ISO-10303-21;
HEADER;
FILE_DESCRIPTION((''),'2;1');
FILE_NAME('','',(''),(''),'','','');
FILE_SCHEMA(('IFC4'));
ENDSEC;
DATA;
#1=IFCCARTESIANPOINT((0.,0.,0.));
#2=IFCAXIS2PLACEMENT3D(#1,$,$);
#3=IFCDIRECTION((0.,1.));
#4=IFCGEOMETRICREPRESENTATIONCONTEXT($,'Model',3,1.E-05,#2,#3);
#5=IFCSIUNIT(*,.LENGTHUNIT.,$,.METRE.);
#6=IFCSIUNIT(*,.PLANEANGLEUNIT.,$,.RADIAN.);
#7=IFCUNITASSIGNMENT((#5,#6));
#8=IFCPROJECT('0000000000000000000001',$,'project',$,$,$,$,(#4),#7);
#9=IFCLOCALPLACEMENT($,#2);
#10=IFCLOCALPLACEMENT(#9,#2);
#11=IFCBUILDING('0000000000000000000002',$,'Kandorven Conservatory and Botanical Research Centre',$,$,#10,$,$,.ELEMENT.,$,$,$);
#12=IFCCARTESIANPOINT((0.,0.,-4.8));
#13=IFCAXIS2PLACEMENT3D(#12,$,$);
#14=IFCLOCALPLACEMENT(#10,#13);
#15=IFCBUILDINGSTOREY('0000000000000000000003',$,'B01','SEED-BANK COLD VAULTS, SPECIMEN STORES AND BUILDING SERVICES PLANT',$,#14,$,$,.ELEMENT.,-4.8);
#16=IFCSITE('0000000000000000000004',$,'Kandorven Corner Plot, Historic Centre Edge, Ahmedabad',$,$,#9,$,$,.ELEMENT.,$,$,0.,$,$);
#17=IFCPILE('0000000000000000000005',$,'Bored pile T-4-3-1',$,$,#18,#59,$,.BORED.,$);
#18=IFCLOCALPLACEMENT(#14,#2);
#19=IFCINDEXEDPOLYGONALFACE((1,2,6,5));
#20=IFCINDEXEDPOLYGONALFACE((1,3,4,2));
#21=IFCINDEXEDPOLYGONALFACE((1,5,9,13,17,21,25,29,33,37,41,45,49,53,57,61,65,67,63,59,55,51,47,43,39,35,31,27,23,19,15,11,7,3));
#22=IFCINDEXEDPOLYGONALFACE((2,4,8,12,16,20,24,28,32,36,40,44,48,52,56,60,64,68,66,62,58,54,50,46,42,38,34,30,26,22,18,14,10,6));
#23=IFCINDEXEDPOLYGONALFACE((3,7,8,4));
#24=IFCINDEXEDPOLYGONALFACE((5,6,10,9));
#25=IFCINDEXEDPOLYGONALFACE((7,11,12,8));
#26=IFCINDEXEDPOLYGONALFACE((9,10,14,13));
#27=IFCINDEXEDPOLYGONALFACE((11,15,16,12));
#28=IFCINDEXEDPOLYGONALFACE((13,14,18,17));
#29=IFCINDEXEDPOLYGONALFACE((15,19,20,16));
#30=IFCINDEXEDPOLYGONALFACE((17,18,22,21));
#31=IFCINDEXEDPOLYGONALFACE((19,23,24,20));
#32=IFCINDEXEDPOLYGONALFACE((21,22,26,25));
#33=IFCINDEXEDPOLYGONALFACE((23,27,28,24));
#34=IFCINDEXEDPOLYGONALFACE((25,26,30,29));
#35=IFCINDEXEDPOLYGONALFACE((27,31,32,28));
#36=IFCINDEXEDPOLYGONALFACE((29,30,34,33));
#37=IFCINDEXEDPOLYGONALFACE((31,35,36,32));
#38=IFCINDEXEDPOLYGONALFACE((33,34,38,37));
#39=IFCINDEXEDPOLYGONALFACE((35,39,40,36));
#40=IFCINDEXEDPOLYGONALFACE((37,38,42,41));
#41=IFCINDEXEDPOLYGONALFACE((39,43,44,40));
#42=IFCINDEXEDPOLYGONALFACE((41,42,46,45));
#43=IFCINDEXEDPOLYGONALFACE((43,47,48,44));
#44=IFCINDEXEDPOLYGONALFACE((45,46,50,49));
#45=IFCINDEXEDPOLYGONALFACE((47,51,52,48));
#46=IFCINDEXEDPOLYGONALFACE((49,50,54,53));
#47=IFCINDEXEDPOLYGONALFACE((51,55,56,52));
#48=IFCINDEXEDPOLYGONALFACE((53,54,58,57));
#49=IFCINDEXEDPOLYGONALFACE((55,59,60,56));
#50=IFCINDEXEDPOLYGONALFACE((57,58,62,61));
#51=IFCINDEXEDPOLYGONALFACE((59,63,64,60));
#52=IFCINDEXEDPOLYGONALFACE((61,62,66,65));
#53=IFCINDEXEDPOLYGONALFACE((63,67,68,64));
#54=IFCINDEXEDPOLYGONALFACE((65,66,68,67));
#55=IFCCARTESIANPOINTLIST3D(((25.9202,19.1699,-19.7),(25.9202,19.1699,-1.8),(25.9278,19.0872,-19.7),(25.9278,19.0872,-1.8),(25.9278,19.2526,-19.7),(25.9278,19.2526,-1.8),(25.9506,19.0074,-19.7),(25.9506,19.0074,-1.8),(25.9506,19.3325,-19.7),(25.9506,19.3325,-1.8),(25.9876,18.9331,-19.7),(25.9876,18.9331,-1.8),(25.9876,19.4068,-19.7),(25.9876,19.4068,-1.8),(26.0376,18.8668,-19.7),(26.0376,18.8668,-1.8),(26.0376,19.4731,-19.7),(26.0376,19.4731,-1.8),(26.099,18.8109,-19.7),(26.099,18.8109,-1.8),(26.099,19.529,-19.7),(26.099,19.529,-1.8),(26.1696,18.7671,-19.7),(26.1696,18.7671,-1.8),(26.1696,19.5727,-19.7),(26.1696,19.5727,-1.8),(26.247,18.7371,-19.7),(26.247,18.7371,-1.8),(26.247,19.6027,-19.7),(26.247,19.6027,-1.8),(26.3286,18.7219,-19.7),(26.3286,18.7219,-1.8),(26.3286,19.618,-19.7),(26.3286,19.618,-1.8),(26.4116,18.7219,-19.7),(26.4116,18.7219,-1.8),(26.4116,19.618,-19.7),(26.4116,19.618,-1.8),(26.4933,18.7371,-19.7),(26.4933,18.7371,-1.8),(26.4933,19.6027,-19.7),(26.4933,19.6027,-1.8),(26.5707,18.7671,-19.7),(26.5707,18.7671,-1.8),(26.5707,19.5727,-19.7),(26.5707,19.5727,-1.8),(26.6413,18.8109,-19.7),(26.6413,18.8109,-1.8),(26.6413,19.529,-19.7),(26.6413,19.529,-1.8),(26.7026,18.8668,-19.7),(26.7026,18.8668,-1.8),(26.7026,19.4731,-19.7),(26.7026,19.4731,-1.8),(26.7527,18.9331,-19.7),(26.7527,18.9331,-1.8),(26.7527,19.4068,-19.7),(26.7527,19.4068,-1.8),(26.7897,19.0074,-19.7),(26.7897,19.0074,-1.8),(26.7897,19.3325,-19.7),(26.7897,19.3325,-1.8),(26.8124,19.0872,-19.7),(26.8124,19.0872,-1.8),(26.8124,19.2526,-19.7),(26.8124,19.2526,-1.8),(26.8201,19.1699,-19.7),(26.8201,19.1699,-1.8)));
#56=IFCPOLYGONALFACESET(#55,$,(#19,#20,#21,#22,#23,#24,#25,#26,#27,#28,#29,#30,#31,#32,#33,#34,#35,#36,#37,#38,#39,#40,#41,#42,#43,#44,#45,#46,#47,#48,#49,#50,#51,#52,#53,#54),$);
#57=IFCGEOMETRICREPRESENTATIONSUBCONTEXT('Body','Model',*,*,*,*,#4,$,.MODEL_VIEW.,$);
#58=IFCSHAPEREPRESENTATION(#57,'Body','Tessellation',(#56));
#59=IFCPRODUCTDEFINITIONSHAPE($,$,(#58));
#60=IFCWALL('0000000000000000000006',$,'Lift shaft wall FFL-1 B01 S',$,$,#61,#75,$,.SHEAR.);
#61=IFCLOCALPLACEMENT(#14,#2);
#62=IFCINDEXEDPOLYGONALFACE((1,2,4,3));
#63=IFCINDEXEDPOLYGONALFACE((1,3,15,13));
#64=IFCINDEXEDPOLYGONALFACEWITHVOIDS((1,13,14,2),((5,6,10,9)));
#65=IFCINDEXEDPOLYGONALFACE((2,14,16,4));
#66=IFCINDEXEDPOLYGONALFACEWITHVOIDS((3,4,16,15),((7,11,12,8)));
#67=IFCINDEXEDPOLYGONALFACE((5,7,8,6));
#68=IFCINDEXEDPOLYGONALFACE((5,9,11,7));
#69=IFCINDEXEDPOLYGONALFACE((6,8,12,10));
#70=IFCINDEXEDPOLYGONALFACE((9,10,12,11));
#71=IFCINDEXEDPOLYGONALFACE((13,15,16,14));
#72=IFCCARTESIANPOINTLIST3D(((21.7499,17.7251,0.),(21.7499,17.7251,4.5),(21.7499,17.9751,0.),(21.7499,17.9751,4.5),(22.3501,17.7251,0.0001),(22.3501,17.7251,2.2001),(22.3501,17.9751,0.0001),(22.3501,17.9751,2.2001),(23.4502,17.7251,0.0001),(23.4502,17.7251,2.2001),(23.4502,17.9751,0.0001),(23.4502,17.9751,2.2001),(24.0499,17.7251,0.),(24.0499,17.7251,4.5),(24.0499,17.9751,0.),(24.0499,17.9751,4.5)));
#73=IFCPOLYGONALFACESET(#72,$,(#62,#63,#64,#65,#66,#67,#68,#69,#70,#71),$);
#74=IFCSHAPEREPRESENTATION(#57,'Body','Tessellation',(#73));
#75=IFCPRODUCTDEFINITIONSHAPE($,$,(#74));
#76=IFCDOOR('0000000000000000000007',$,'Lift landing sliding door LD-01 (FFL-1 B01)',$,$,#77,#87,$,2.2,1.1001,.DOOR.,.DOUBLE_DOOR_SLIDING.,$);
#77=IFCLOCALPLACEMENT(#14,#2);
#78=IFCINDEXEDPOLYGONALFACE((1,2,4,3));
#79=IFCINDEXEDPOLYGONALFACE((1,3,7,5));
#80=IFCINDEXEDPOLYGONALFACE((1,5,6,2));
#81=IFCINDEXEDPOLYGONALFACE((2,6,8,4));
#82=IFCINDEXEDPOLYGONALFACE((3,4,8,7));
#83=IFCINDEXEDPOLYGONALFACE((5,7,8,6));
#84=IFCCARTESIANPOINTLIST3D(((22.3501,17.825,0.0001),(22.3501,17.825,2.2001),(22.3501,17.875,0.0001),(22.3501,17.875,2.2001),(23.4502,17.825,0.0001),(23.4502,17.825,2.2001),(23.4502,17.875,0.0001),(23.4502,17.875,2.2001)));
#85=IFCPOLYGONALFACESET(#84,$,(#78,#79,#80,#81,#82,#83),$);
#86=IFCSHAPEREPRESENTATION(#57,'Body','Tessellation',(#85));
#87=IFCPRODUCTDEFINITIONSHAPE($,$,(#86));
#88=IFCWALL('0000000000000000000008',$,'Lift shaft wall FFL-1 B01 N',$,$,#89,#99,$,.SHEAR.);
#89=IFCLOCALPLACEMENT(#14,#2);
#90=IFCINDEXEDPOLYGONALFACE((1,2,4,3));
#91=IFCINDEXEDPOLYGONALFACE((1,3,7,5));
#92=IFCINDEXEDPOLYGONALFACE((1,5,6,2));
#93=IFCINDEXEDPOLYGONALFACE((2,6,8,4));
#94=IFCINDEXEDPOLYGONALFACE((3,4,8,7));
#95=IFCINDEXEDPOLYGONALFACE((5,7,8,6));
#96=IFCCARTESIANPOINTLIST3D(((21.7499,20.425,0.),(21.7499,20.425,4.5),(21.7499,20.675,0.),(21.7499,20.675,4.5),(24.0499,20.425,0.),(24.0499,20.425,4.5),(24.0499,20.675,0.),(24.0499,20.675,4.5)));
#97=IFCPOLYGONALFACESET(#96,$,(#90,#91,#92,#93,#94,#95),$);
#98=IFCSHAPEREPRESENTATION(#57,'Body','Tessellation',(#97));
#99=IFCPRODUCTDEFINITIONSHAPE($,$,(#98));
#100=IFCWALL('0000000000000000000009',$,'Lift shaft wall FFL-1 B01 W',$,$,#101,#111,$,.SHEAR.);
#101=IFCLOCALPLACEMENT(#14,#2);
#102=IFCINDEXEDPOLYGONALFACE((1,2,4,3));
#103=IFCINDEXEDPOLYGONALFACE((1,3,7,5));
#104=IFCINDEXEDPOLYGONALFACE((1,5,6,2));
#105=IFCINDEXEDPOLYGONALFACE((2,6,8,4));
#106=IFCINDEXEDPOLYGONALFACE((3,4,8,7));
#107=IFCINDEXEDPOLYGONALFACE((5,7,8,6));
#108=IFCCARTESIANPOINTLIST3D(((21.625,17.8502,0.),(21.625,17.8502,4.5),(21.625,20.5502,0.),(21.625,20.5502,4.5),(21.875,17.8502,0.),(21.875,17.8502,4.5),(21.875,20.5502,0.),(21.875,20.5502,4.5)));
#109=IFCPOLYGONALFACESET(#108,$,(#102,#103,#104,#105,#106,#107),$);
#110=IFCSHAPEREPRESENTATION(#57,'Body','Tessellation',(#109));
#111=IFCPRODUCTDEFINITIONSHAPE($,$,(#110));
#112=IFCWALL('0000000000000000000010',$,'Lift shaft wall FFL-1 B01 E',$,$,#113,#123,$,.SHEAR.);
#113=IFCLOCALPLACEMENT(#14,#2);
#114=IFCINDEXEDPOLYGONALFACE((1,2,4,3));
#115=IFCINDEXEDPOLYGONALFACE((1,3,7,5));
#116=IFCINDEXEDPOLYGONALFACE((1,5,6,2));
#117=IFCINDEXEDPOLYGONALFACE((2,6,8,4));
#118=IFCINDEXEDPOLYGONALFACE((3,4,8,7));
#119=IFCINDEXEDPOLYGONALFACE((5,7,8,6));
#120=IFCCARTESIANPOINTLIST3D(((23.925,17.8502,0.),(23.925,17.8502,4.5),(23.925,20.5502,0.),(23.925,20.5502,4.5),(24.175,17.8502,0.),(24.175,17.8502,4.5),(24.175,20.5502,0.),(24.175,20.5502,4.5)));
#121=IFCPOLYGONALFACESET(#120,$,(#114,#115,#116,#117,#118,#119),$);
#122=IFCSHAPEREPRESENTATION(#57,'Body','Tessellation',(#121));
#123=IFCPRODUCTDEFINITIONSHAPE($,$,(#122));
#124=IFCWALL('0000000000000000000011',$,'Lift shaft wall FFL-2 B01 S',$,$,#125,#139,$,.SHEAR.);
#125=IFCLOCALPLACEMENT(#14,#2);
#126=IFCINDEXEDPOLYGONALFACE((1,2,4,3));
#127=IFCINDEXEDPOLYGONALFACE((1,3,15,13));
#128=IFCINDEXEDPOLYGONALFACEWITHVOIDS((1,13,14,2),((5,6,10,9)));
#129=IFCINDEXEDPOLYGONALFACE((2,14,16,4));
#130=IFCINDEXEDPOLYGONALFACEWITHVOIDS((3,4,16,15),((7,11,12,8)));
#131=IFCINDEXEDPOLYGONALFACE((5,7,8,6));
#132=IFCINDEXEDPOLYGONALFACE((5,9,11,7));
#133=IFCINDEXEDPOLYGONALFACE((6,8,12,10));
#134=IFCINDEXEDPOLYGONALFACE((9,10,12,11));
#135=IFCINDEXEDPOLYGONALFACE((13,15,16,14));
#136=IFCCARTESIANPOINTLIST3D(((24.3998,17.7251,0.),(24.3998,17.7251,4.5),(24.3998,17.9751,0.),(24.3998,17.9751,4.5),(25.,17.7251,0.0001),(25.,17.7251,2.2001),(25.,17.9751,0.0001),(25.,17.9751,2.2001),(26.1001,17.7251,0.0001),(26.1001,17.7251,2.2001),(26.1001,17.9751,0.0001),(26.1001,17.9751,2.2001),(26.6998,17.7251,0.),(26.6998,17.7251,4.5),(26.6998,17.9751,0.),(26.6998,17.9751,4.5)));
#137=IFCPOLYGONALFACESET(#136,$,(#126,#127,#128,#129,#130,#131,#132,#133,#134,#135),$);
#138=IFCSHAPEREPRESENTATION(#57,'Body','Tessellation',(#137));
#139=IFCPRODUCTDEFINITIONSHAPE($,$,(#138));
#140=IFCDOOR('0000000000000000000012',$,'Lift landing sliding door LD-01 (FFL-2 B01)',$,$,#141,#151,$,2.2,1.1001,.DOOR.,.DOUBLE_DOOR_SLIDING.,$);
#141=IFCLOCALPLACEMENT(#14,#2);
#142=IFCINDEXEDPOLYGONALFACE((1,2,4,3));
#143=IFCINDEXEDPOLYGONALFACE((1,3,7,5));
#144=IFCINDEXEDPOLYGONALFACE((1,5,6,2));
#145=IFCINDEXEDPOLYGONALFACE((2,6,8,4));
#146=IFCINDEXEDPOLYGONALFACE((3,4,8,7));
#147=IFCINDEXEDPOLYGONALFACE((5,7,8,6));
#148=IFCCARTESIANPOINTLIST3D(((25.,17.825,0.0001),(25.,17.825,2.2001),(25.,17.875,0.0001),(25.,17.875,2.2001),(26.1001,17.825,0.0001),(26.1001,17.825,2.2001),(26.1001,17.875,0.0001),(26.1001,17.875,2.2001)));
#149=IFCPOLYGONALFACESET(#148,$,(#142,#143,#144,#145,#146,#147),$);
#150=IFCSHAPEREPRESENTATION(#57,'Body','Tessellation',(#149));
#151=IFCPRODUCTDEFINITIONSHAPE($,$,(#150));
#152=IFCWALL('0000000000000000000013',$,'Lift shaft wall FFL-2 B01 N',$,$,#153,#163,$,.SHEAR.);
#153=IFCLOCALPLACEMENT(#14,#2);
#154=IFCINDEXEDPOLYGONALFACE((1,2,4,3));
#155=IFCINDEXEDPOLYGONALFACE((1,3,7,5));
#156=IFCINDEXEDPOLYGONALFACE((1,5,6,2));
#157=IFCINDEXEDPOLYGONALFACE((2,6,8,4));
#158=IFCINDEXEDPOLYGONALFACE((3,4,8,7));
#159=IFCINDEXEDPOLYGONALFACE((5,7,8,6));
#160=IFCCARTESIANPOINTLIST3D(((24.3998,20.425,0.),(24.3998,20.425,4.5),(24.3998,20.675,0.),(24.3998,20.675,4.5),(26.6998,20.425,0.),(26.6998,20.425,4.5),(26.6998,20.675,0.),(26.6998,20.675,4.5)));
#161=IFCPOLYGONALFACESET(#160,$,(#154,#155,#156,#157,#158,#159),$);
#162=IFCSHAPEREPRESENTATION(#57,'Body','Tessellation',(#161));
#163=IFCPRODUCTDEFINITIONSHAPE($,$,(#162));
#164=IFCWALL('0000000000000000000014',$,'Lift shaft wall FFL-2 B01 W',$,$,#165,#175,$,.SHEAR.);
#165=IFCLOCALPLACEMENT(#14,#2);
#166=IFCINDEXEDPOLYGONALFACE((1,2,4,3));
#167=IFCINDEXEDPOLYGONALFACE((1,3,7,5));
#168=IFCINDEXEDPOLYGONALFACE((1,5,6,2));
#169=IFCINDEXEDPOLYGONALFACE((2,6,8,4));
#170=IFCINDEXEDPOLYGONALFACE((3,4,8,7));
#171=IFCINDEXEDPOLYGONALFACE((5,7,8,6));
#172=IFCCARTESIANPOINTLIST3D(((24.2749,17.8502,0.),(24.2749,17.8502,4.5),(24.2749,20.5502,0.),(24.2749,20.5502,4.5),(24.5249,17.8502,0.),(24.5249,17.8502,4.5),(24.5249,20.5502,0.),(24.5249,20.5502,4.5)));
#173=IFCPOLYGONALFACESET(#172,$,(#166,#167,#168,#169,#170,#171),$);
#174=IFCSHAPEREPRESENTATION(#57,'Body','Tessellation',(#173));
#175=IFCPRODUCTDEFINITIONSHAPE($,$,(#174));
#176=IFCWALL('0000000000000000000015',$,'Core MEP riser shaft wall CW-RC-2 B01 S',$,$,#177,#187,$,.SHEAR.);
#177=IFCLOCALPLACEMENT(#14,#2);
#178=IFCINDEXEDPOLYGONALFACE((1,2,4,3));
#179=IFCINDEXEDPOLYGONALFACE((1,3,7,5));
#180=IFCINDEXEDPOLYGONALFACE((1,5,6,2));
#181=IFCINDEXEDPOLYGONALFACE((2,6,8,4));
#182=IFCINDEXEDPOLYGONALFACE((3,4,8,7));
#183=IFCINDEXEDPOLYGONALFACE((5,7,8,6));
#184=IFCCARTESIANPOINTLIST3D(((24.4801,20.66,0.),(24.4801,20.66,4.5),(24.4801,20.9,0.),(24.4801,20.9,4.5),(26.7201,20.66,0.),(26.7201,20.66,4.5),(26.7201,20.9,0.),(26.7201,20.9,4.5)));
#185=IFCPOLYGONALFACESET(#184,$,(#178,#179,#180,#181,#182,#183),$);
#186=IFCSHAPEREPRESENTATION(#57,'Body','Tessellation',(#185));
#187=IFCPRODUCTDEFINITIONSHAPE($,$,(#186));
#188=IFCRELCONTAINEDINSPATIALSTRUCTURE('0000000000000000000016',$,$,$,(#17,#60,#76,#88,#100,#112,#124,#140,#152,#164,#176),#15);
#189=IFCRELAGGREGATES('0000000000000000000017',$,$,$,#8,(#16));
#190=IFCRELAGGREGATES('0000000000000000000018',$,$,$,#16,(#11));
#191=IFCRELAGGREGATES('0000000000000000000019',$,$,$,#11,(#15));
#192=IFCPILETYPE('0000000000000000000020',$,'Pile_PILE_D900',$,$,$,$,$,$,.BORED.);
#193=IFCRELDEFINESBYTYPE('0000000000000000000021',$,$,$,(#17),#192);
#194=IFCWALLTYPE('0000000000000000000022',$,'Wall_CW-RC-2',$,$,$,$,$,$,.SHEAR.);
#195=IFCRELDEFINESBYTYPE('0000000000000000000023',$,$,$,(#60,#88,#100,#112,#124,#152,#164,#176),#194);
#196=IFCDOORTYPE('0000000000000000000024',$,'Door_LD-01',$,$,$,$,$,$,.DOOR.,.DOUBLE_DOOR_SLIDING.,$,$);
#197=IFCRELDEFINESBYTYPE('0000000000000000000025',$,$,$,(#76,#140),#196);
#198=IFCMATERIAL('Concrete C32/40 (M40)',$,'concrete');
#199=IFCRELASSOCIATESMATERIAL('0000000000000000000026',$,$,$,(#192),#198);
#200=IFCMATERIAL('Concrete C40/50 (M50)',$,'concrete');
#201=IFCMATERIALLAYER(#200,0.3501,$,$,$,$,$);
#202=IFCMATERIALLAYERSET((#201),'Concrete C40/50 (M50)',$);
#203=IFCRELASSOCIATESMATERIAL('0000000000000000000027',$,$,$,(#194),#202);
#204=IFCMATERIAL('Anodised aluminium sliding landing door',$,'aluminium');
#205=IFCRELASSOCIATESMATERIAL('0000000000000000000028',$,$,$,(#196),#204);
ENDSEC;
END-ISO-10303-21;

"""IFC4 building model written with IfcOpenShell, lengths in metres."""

from ifc_helpers import new_model, si_unit, direction, frame, frame_2d, origin, origin_2d, place, context, subcontext, project, spatial, rectangle, circle, extrude, material, layer, layer_set, material_profile, profile_set, type_object, element, fill, save


model = new_model("IFC4")

# Units and contexts
model_context = context("Model", 3, precision=1e-05, world=origin(), true_north=direction((0.0, 1.0)))
body_context = subcontext(model_context, "Body", "Model", "MODEL_VIEW")
ifc_project = project(units=[si_unit("LENGTHUNIT", "METRE"), si_unit("PLANEANGLEUNIT", "RADIAN")], contexts=[model_context])

# Site, building, storey
site_placement = place(None, origin())
site = spatial("IfcSite", under=ifc_project, at=site_placement, Name="Kandorven Corner Plot, Historic Centre Edge, Ahmedabad", CompositionType="ELEMENT", RefElevation=0.0)
building_placement = place(site_placement, origin())
building = spatial("IfcBuilding", under=site, at=building_placement, Name="Kandorven Conservatory and Botanical Research Centre", CompositionType="ELEMENT")
storey_placement = place(building_placement, frame((0.0, 0.0, -4.8)))
storey = spatial("IfcBuildingStorey", under=building, at=storey_placement, Name="B01", Description="SEED-BANK COLD VAULTS, SPECIMEN STORES AND BUILDING SERVICES PLANT", CompositionType="ELEMENT", Elevation=-4.8)

# Pile
ifc_material_1 = material(Name="Concrete C32/40 (M40)", Category="concrete")
ifc_material_profile_1 = material_profile(ifc_material_1, circle(Radius=0.45, at=origin_2d()))
ifc_profile_set_1 = profile_set([ifc_material_profile_1], Name="Concrete C32/40 (M40)")
pile_type = type_object("IfcPileType", Name="Pile_PILE_D900", PredefinedType="BORED", material=ifc_profile_set_1)
pile_1_placement = place(storey_placement, frame((26.3701, 19.1699, -1.8), z_axis=(0.0, 0.0, -1.0), x_axis=(1.0, 0.0, 0.0)))
element("IfcPile", 1, at=pile_1_placement, inside=storey, type_object=pile_type, Name="Bored pile T-4-3-1", PredefinedType="BORED", context=body_context, shape_type="SweptSolid", body=[
    extrude(circle(Radius=0.45, at=origin_2d()), origin(), (0.0, 0.0, 1.0), 17.8999),
])

# Wall, opening, door
ifc_material_2 = material(Name="Concrete C40/50 (M50)", Category="concrete")
ifc_layer_1 = layer(ifc_material_2, 0.3501)
ifc_layer_set_1 = layer_set([ifc_layer_1], Name="Concrete C40/50 (M50)")
wall_type_1 = type_object("IfcWallType", Name="Wall_CW-RC-2", PredefinedType="SHEAR", material=ifc_layer_set_1)
wall_1_placement = place(storey_placement, frame((21.75, 17.8501, 0.0), z_axis=(0.0, 0.0, 1.0), x_axis=(1.0, 0.0, 0.0)))
wall_1 = element("IfcWall", 2, at=wall_1_placement, inside=storey, type_object=wall_type_1, Name="Lift shaft wall FFL-1 B01 S", PredefinedType="SHEAR", context=body_context, shape_type="SweptSolid", body=[
    extrude(rectangle(XDim=2.3, YDim=0.25, at=frame_2d((1.1499, 0.0))), origin(), (0.0, 0.0, 1.0), 4.5),
])
opening_1_placement = place(wall_1_placement, frame((0.6001, 0.0, 0.0)))
opening_1 = element("IfcOpeningElement", 3, at=opening_1_placement, cuts=wall_1, PredefinedType="OPENING", context=body_context, shape_type="SweptSolid", body=[
    extrude(rectangle(XDim=1.1001, YDim=2.2, at=frame_2d((0.55, 1.1001))), frame((0.0, 0.135, 0.0), z_axis=(0.0, -1.0, 0.0), x_axis=(1.0, 0.0, 0.0)), (0.0, 0.0, 1.0), 0.27),
])
ifc_material_3 = material(Name="Anodised aluminium sliding landing door", Category="aluminium")
door_type = type_object("IfcDoorType", Name="Door_LD-01", OperationType="DOUBLE_DOOR_SLIDING", PredefinedType="DOOR", material=ifc_material_3)
door_1_placement = place(opening_1_placement, origin())
door_1 = element("IfcDoor", 4, at=door_1_placement, inside=storey, type_object=door_type, Name="Lift landing sliding door LD-01 (FFL-1 B01)", OperationType="DOUBLE_DOOR_SLIDING", OverallHeight=2.2, OverallWidth=1.1001, PredefinedType="DOOR", context=body_context, shape_type="SweptSolid", body=[
    extrude(rectangle(XDim=1.1001, YDim=2.2, at=frame_2d((0.55, 1.1001))), frame((0.0, 0.0249, 0.0), z_axis=(0.0, -1.0, 0.0), x_axis=(1.0, 0.0, 0.0)), (0.0, 0.0, 1.0), 0.05),
])
fill(opening_1, door_1)

# Walls
wall_2_placement = place(storey_placement, frame((21.75, 20.55, 0.0), z_axis=(0.0, 0.0, 1.0), x_axis=(1.0, 0.0, 0.0)))
element("IfcWall", 5, at=wall_2_placement, inside=storey, type_object=wall_type_1, Name="Lift shaft wall FFL-1 B01 N", PredefinedType="SHEAR", context=body_context, shape_type="SweptSolid", body=[
    extrude(rectangle(XDim=2.3, YDim=0.25, at=frame_2d((1.1499, 0.0))), origin(), (0.0, 0.0, 1.0), 4.5),
])
for number, where, z_axis, x_axis, name in (
    (6, (21.75, 17.8501, 0.0), (0.0, 0.0, 1.0), (0.0, 1.0, 0.0), "Lift shaft wall FFL-1 B01 W"),
    (7, (24.05, 17.8501, 0.0), (0.0, 0.0, 1.0), (0.0, 1.0, 0.0), "Lift shaft wall FFL-1 B01 E"),
):
    element("IfcWall", number, at=place(storey_placement, frame(where, z_axis=z_axis, x_axis=x_axis)), inside=storey, type_object=wall_type_1, Name=name, PredefinedType="SHEAR", context=body_context, shape_type="SweptSolid", body=[
        extrude(rectangle(XDim=2.7, YDim=0.25, at=frame_2d((1.3501, 0.0))), origin(), (0.0, 0.0, 1.0), 4.5),
    ])

# Wall, opening, door
wall_3_placement = place(storey_placement, frame((24.3999, 17.8501, 0.0), z_axis=(0.0, 0.0, 1.0), x_axis=(1.0, 0.0, 0.0)))
wall_3 = element("IfcWall", 8, at=wall_3_placement, inside=storey, type_object=wall_type_1, Name="Lift shaft wall FFL-2 B01 S", PredefinedType="SHEAR", context=body_context, shape_type="SweptSolid", body=[
    extrude(rectangle(XDim=2.3, YDim=0.25, at=frame_2d((1.1499, 0.0))), origin(), (0.0, 0.0, 1.0), 4.5),
])
opening_2_placement = place(wall_3_placement, frame((0.6001, 0.0, 0.0)))
opening_2 = element("IfcOpeningElement", 9, at=opening_2_placement, cuts=wall_3, PredefinedType="OPENING", context=body_context, shape_type="SweptSolid", body=[
    extrude(rectangle(XDim=1.1001, YDim=2.2, at=frame_2d((0.55, 1.1001))), frame((0.0, 0.135, 0.0), z_axis=(0.0, -1.0, 0.0), x_axis=(1.0, 0.0, 0.0)), (0.0, 0.0, 1.0), 0.27),
])
door_2_placement = place(opening_2_placement, origin())
door_2 = element("IfcDoor", 10, at=door_2_placement, inside=storey, type_object=door_type, Name="Lift landing sliding door LD-01 (FFL-2 B01)", OperationType="DOUBLE_DOOR_SLIDING", OverallHeight=2.2, OverallWidth=1.1001, PredefinedType="DOOR", context=body_context, shape_type="SweptSolid", body=[
    extrude(rectangle(XDim=1.1001, YDim=2.2, at=frame_2d((0.55, 1.1001))), frame((0.0, 0.0249, 0.0), z_axis=(0.0, -1.0, 0.0), x_axis=(1.0, 0.0, 0.0)), (0.0, 0.0, 1.0), 0.05),
])
fill(opening_2, door_2)

# Walls
wall_4_placement = place(storey_placement, frame((24.3999, 20.55, 0.0), z_axis=(0.0, 0.0, 1.0), x_axis=(1.0, 0.0, 0.0)))
element("IfcWall", 11, at=wall_4_placement, inside=storey, type_object=wall_type_1, Name="Lift shaft wall FFL-2 B01 N", PredefinedType="SHEAR", context=body_context, shape_type="SweptSolid", body=[
    extrude(rectangle(XDim=2.3, YDim=0.25, at=frame_2d((1.1499, 0.0))), origin(), (0.0, 0.0, 1.0), 4.5),
])
wall_5_placement = place(storey_placement, frame((24.3999, 17.8501, 0.0), z_axis=(0.0, 0.0, 1.0), x_axis=(0.0, 1.0, 0.0)))
element("IfcWall", 12, at=wall_5_placement, inside=storey, type_object=wall_type_1, Name="Lift shaft wall FFL-2 B01 W", PredefinedType="SHEAR", context=body_context, shape_type="SweptSolid", body=[
    extrude(rectangle(XDim=2.7, YDim=0.25, at=frame_2d((1.3501, 0.0))), origin(), (0.0, 0.0, 1.0), 4.5),
])
for number, where, z_axis, x_axis, name in (
    (13, (24.48, 20.78, 0.0), (0.0, 0.0, 1.0), (1.0, 0.0, 0.0), "Core MEP riser shaft wall CW-RC-2 B01 S"),
):
    element("IfcWall", number, at=place(storey_placement, frame(where, z_axis=z_axis, x_axis=x_axis)), inside=storey, type_object=wall_type_1, Name=name, PredefinedType="SHEAR", context=body_context, shape_type="SweptSolid", body=[
        extrude(rectangle(XDim=2.24, YDim=0.24, at=frame_2d((1.1201, 0.0))), origin(), (0.0, 0.0, 1.0), 4.5),
    ])

save(model, "model.ifc")
